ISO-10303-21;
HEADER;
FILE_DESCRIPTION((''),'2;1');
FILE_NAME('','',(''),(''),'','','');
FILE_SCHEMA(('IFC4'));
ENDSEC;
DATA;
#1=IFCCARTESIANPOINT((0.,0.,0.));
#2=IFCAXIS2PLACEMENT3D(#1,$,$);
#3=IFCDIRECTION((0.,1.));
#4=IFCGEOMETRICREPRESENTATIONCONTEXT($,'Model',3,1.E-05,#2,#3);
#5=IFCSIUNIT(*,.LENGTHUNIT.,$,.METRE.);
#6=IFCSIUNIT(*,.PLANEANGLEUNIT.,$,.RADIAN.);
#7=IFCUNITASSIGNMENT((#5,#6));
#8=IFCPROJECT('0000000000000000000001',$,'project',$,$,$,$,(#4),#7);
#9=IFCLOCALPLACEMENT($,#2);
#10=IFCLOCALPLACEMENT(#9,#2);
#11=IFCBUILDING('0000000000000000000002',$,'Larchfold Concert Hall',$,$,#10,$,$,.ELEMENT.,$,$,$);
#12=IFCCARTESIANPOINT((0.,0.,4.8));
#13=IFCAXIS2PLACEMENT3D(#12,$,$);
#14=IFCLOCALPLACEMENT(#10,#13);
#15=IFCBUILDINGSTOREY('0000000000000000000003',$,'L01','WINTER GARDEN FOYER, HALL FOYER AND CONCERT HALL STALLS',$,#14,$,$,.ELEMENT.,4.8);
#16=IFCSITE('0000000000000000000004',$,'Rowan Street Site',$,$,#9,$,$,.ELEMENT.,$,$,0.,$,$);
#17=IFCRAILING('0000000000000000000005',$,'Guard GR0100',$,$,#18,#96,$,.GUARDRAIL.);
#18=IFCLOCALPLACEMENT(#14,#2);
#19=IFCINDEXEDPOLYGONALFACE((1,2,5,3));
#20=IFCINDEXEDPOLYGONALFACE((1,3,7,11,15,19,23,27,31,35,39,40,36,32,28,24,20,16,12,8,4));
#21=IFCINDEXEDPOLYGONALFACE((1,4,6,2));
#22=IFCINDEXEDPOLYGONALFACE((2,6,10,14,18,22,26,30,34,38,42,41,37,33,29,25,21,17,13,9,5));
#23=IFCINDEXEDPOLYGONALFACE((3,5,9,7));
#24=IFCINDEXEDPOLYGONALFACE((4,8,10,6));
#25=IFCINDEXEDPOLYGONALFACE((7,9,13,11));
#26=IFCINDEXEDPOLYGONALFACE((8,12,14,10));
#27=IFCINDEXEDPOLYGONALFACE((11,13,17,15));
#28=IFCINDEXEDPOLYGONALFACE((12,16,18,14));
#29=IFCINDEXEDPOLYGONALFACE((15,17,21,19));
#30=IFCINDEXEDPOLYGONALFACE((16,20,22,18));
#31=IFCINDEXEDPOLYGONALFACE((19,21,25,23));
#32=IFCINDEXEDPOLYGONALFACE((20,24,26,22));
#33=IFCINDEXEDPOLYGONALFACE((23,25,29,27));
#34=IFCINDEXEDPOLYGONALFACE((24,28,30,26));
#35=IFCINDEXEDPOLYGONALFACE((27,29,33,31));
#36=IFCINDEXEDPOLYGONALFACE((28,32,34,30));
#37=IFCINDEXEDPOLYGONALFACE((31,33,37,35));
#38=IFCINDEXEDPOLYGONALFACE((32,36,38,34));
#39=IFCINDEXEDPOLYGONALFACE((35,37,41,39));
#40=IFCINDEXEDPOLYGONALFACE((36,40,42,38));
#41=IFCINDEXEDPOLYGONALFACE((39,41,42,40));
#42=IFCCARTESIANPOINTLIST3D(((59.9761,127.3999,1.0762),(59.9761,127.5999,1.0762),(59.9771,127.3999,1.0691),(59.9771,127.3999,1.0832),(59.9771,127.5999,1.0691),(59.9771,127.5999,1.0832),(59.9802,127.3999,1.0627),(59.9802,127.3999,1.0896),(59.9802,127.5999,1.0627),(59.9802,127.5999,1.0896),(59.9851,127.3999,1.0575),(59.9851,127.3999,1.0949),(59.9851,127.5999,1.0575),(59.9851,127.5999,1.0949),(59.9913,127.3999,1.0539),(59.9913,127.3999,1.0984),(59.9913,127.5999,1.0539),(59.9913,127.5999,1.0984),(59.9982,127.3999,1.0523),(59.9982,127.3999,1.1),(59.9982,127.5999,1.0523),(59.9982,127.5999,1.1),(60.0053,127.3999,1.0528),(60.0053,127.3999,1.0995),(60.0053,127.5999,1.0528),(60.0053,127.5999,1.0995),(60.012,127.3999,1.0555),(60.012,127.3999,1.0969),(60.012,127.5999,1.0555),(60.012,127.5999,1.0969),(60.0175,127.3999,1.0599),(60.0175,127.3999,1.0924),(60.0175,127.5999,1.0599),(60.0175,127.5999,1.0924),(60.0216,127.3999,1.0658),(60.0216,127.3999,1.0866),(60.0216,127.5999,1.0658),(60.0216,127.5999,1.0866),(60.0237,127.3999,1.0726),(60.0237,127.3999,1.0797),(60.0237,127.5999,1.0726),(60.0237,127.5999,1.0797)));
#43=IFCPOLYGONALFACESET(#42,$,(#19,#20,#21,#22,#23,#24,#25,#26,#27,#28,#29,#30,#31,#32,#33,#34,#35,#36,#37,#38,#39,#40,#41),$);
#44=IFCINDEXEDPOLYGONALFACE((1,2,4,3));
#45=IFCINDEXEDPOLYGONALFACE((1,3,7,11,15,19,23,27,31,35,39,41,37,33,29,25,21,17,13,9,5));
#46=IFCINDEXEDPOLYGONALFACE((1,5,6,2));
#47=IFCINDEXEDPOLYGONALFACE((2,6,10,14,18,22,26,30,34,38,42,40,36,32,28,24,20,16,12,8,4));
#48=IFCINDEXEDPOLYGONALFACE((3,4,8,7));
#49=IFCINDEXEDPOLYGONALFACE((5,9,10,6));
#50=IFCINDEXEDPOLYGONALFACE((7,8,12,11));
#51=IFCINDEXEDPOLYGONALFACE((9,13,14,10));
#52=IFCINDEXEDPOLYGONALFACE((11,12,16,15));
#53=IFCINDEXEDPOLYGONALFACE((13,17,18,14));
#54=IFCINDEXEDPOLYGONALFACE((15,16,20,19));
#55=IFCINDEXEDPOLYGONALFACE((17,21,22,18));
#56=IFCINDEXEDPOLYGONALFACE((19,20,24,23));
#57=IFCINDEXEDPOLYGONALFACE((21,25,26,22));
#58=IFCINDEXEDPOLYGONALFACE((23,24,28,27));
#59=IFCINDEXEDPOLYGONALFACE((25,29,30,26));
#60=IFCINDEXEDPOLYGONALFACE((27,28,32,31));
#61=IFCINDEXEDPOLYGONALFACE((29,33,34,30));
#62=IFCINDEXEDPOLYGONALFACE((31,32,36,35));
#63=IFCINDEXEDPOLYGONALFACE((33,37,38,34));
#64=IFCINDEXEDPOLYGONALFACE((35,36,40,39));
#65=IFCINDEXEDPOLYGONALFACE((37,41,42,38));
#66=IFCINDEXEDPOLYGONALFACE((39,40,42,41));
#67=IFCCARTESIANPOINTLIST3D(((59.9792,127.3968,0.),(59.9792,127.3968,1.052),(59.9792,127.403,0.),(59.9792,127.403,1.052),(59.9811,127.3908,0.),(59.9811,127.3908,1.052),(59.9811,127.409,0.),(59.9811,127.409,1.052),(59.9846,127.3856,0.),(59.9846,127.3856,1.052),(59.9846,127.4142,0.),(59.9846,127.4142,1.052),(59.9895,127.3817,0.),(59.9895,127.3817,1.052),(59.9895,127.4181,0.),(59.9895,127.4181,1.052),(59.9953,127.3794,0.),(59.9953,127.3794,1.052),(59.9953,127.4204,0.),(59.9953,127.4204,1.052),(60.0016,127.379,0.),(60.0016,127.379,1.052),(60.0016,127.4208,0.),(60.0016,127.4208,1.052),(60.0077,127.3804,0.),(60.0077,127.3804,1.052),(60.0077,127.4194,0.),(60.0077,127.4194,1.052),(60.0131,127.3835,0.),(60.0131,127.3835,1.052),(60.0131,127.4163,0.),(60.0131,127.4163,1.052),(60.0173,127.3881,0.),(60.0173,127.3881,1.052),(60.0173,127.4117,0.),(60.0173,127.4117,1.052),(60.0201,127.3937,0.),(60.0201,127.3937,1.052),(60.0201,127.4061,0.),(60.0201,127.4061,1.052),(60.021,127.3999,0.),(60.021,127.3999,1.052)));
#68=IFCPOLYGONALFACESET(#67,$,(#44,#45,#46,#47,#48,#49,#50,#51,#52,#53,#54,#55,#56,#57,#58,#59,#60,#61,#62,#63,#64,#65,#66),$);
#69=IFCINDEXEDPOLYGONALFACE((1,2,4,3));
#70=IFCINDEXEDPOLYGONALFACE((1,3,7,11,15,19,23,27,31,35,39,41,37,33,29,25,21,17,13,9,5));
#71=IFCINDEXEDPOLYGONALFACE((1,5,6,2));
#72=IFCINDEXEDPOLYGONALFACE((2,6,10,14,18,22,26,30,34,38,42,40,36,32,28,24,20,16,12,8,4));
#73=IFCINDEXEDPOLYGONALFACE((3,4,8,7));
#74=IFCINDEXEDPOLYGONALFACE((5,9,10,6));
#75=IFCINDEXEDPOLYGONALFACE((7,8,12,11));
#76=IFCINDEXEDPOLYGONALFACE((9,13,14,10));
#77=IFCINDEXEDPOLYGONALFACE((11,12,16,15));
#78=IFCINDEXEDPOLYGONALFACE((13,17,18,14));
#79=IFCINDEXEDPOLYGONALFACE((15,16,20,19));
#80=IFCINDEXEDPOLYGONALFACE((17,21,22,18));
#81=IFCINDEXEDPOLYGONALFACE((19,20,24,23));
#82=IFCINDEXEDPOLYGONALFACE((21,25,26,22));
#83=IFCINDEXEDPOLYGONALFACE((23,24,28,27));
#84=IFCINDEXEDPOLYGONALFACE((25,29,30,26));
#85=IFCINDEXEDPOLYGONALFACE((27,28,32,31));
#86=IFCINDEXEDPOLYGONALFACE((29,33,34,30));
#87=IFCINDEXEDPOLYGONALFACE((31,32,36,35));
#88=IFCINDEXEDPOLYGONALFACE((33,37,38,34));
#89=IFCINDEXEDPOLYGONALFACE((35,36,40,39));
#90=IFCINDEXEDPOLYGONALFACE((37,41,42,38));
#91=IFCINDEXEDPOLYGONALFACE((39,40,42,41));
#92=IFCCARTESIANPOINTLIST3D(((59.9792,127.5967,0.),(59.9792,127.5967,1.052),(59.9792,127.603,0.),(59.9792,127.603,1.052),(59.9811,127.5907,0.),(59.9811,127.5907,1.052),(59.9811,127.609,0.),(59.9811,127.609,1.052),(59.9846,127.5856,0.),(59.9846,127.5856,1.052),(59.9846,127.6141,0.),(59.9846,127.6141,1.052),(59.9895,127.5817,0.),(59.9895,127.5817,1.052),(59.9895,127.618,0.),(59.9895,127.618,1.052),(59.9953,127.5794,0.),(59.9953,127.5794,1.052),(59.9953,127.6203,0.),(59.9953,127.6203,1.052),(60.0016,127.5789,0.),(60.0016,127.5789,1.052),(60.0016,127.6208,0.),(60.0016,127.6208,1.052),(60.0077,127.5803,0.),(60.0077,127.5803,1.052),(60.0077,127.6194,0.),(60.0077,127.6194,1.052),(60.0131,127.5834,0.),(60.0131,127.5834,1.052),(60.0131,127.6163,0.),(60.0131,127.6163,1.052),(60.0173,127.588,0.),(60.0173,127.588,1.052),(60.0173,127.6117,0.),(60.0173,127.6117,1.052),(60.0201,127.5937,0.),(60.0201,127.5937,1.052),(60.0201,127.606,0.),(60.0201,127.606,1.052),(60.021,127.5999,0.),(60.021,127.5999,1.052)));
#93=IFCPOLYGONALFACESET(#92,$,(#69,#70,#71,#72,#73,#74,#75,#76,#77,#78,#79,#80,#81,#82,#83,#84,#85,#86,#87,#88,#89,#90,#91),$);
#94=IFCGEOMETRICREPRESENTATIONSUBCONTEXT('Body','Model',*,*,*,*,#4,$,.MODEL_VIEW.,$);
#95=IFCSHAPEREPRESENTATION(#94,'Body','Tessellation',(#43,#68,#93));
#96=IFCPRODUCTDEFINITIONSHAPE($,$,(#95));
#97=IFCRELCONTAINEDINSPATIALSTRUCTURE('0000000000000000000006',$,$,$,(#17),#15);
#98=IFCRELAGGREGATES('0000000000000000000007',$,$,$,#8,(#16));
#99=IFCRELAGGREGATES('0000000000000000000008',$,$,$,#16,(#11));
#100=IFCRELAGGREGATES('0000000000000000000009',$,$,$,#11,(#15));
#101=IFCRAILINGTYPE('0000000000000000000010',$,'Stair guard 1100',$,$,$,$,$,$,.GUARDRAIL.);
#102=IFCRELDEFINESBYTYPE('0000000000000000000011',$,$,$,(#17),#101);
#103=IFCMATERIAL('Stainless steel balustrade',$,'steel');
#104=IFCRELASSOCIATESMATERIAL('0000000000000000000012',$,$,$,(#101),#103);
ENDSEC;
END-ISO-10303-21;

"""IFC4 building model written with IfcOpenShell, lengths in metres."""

from ifc_helpers import new_model, si_unit, direction, frame, origin, origin_2d, place, context, subcontext, project, spatial, circle, extrude, material, type_object, element, save


model = new_model("IFC4")

# Units and contexts
model_context = context("Model", 3, precision=1e-05, world=origin(), true_north=direction((0.0, 1.0)))
body_context = subcontext(model_context, "Body", "Model", "MODEL_VIEW")
ifc_project = project(units=[si_unit("LENGTHUNIT", "METRE"), si_unit("PLANEANGLEUNIT", "RADIAN")], contexts=[model_context])

# Site, building, storey
site_placement = place(None, origin())
site = spatial("IfcSite", under=ifc_project, at=site_placement, Name="Rowan Street Site", CompositionType="ELEMENT", RefElevation=0.0)
building_placement = place(site_placement, origin())
building = spatial("IfcBuilding", under=site, at=building_placement, Name="Larchfold Concert Hall", CompositionType="ELEMENT")
storey_placement = place(building_placement, frame((0.0, 0.0, 4.8)))
storey = spatial("IfcBuildingStorey", under=building, at=storey_placement, Name="L01", Description="WINTER GARDEN FOYER, HALL FOYER AND CONCERT HALL STALLS", CompositionType="ELEMENT", Elevation=4.8)

# Railing
ifc_material_1 = material(Name="Stainless steel balustrade", Category="steel")
railing_type_1 = type_object("IfcRailingType", Name="Stair guard 1100", PredefinedType="GUARDRAIL", material=ifc_material_1)
railing_1_placement = place(storey_placement, frame((60.0, 127.3999, 0.0)))
element("IfcRailing", 1, at=railing_1_placement, inside=storey, type_object=railing_type_1, Name="Guard GR0100", PredefinedType="GUARDRAIL", context=body_context, shape_type="SweptSolid", body=[
    extrude(circle(Radius=0.0239, at=origin_2d()), frame((0.0, 0.0, 1.0762), z_axis=(0.0, 1.0, 0.0), x_axis=(-1.0, 0.0, 0.0)), (0.0, 0.0, 1.0), 0.2),
    extrude(circle(Radius=0.021, at=origin_2d()), origin(), (0.0, 0.0, 1.0), 1.052),
    extrude(circle(Radius=0.021, at=origin_2d()), frame((0.0, 0.2, 0.0)), (0.0, 0.0, 1.0), 1.052),
])

save(model, "model.ifc")
